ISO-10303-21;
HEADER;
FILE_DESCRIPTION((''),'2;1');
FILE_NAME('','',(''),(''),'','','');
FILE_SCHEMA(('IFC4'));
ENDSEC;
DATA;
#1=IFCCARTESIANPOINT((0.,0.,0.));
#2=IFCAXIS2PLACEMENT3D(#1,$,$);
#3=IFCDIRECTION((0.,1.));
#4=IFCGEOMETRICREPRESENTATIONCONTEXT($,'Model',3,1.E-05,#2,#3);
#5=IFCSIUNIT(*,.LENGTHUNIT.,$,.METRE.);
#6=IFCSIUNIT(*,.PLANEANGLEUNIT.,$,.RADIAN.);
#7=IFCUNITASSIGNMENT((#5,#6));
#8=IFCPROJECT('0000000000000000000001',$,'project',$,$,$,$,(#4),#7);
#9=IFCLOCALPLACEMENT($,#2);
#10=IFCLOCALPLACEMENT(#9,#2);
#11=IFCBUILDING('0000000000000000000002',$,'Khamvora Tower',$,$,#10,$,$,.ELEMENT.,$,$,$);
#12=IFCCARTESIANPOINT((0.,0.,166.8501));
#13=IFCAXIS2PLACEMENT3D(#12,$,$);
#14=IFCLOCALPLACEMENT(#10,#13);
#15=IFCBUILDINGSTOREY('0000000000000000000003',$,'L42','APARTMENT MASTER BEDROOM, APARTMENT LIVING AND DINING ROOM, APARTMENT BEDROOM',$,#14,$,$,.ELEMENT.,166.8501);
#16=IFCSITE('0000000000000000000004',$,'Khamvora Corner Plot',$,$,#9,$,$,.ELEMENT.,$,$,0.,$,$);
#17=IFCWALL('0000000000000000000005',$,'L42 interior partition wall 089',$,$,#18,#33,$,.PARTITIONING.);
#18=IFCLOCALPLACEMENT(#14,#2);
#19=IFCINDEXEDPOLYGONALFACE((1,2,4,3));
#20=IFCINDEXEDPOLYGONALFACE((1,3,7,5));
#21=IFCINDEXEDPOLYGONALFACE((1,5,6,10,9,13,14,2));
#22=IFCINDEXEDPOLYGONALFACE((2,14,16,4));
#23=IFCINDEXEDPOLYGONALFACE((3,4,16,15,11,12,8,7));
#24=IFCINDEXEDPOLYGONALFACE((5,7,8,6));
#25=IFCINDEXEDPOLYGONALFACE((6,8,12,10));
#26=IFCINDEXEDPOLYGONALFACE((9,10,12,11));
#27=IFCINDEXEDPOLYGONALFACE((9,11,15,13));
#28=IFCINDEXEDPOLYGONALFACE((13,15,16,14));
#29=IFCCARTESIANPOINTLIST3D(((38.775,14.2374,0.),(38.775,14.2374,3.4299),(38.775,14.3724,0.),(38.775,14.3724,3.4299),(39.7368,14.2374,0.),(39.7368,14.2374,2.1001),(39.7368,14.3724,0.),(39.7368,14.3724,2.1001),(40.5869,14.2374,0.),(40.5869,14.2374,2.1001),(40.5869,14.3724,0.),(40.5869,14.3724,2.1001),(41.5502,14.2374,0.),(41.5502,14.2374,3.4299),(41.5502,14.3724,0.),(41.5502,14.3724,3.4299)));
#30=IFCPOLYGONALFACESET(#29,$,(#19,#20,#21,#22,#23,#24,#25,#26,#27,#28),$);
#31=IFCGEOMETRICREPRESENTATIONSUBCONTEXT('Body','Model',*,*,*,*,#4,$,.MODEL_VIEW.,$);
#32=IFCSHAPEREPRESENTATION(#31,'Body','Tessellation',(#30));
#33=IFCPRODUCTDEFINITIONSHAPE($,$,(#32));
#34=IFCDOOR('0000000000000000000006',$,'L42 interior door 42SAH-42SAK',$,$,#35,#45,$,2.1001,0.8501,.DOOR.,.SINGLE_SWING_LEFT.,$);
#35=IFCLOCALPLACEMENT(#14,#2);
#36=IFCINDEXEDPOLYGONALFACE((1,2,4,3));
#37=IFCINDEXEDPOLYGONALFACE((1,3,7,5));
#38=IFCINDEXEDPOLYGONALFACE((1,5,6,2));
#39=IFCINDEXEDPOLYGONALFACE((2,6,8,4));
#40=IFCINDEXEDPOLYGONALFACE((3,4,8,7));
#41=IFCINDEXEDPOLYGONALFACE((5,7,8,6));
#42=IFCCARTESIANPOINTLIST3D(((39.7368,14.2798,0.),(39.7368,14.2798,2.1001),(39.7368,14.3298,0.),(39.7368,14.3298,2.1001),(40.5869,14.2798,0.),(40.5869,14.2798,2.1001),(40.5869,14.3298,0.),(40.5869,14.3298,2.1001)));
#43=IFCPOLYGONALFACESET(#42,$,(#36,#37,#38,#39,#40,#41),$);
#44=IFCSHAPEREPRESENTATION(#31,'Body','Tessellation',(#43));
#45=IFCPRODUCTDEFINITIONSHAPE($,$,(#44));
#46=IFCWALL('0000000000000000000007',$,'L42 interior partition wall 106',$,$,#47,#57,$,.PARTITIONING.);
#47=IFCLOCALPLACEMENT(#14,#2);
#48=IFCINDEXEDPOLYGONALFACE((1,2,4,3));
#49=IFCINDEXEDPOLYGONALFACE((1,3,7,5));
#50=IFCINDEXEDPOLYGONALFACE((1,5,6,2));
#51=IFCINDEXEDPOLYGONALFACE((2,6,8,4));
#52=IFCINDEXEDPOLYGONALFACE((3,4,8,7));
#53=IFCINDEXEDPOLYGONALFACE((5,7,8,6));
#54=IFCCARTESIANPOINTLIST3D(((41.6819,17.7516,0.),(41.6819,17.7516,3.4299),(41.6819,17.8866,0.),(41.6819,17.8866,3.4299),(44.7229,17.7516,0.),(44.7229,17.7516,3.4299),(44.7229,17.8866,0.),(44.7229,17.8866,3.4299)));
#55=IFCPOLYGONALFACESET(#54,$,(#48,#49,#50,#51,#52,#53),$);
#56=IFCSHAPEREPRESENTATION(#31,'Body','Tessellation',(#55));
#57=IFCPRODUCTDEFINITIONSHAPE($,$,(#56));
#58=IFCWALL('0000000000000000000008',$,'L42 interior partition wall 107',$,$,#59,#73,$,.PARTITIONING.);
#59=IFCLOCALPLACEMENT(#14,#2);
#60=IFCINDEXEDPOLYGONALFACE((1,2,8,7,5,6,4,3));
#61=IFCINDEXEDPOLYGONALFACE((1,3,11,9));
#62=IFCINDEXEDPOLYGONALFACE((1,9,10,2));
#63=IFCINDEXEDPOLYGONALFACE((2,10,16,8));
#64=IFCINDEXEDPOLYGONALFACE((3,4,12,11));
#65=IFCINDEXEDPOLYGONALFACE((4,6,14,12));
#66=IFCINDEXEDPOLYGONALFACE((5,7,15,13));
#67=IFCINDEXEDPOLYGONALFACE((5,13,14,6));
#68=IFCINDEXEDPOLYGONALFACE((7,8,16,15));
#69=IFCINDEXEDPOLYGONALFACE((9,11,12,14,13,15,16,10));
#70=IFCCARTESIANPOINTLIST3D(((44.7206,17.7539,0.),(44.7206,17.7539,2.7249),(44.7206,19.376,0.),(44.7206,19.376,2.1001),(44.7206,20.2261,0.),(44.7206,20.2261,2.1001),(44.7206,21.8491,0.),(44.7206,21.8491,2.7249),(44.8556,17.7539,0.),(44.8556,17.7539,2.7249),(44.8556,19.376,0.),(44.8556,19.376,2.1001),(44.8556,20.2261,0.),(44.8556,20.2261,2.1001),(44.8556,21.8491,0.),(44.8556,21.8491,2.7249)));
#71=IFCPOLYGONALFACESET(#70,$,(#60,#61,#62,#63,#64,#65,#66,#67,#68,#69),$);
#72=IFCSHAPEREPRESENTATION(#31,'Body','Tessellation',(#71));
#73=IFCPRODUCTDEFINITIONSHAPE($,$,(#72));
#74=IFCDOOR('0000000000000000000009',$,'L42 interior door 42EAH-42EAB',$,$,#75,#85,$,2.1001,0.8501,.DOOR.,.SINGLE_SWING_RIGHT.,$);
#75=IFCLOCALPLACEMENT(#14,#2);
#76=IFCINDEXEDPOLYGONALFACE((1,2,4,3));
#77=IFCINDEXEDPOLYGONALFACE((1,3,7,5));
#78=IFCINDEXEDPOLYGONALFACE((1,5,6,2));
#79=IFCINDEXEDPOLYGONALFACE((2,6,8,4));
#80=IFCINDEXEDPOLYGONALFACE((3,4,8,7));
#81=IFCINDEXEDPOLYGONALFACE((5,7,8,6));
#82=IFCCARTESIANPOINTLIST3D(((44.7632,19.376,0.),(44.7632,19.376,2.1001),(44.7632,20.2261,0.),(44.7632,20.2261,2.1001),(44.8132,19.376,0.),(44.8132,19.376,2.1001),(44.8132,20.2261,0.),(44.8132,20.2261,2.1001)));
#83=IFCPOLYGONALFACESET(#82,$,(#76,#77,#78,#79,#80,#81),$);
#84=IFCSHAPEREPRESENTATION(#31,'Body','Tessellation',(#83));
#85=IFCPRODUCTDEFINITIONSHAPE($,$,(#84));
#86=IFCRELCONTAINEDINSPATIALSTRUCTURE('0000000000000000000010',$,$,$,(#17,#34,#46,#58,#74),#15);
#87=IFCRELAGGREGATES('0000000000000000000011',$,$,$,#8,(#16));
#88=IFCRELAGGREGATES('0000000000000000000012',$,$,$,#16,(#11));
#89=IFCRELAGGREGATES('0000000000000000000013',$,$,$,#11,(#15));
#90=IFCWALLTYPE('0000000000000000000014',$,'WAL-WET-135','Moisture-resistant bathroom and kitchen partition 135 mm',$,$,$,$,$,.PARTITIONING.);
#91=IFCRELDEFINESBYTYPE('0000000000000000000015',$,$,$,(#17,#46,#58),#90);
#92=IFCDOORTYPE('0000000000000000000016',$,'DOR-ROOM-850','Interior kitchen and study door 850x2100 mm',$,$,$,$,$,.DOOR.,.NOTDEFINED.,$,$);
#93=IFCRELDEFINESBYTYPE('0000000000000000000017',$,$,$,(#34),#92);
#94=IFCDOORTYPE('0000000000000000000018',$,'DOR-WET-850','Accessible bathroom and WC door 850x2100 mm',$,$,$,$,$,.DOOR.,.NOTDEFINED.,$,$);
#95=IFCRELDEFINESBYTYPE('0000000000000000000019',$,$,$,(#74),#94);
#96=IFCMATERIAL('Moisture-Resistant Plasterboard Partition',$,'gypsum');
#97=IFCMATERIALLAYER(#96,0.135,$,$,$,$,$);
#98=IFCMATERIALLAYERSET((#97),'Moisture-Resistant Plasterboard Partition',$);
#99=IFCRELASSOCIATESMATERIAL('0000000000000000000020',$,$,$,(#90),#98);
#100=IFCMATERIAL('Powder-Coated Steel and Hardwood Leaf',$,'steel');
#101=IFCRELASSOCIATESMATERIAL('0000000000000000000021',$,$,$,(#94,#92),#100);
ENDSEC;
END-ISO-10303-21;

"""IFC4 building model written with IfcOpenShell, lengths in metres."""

from ifc_helpers import new_model, si_unit, direction, frame, frame_2d, origin, place, context, subcontext, project, spatial, rectangle, extrude, material, layer, layer_set, type_object, element, fill, save


model = new_model("IFC4")

# Units and contexts
model_context = context("Model", 3, precision=1e-05, world=origin(), true_north=direction((0.0, 1.0)))
body_context = subcontext(model_context, "Body", "Model", "MODEL_VIEW")
ifc_project = project(units=[si_unit("LENGTHUNIT", "METRE"), si_unit("PLANEANGLEUNIT", "RADIAN")], contexts=[model_context])

# Site, building, storey
site_placement = place(None, origin())
site = spatial("IfcSite", under=ifc_project, at=site_placement, Name="Khamvora Corner Plot", CompositionType="ELEMENT", RefElevation=0.0)
building_placement = place(site_placement, origin())
building = spatial("IfcBuilding", under=site, at=building_placement, Name="Khamvora Tower", CompositionType="ELEMENT")
storey_placement = place(building_placement, frame((0.0, 0.0, 166.8501)))
storey = spatial("IfcBuildingStorey", under=building, at=storey_placement, Name="L42", Description="APARTMENT MASTER BEDROOM, APARTMENT LIVING AND DINING ROOM, APARTMENT BEDROOM", CompositionType="ELEMENT", Elevation=166.8501)

# Shared definitions
ifc_material_1 = material(Name="Powder-Coated Steel and Hardwood Leaf", Category="steel")

# Shared definitions
ifc_material_2 = material(Name="Moisture-Resistant Plasterboard Partition", Category="gypsum")
ifc_layer_1 = layer(ifc_material_2, 0.135)
ifc_layer_set_1 = layer_set([ifc_layer_1], Name="Moisture-Resistant Plasterboard Partition")
wall_type_1 = type_object("IfcWallType", Name="WAL-WET-135", Description="Moisture-resistant bathroom and kitchen partition 135 mm", PredefinedType="PARTITIONING", material=ifc_layer_set_1)

# Shared definitions
door_type_1 = type_object("IfcDoorType", Name="DOR-WET-850", Description="Accessible bathroom and WC door 850x2100 mm", OperationType="NOTDEFINED", PredefinedType="DOOR", material=ifc_material_1)

# Wall, opening, door
wall_1_placement = place(storey_placement, frame((38.7749, 14.3049, 0.0), z_axis=(0.0, 0.0, 1.0), x_axis=(1.0, 0.0, 0.0)))
wall_1 = element("IfcWall", 1, at=wall_1_placement, inside=storey, type_object=wall_type_1, Name="L42 interior partition wall 089", PredefinedType="PARTITIONING", context=body_context, shape_type="SweptSolid", body=[
    extrude(rectangle(XDim=2.7751, YDim=0.135, at=frame_2d((1.3877, 0.0))), origin(), (0.0, 0.0, 1.0), 3.4299),
])
opening_1_placement = place(wall_1_placement, frame((0.9619, 0.0, 0.0)))
opening_1 = element("IfcOpeningElement", 2, at=opening_1_placement, cuts=wall_1, PredefinedType="OPENING", context=body_context, shape_type="SweptSolid", body=[
    extrude(rectangle(XDim=0.8501, YDim=2.1001, at=frame_2d((0.425, 1.05))), frame((0.0, 0.0774, 0.0), z_axis=(0.0, -1.0, 0.0), x_axis=(1.0, 0.0, 0.0)), (0.0, 0.0, 1.0), 0.155),
])
door_type_2 = type_object("IfcDoorType", Name="DOR-ROOM-850", Description="Interior kitchen and study door 850x2100 mm", OperationType="NOTDEFINED", PredefinedType="DOOR", material=ifc_material_1)
door_1_placement = place(opening_1_placement, origin())
door_1 = element("IfcDoor", 3, at=door_1_placement, inside=storey, type_object=door_type_2, Name="L42 interior door 42SAH-42SAK", OperationType="SINGLE_SWING_LEFT", OverallHeight=2.1001, OverallWidth=0.8501, PredefinedType="DOOR", context=body_context, shape_type="SweptSolid", body=[
    extrude(rectangle(XDim=0.8501, YDim=2.1001, at=frame_2d((0.425, 1.05))), frame((0.0, 0.0249, 0.0), z_axis=(0.0, -1.0, 0.0), x_axis=(1.0, 0.0, 0.0)), (0.0, 0.0, 1.0), 0.05),
])
fill(opening_1, door_1)

# Wall
wall_2_placement = place(storey_placement, frame((41.6819, 17.8191, 0.0), z_axis=(0.0, 0.0, 1.0), x_axis=(1.0, 0.0, 0.0)))
element("IfcWall", 4, at=wall_2_placement, inside=storey, type_object=wall_type_1, Name="L42 interior partition wall 106", PredefinedType="PARTITIONING", context=body_context, shape_type="SweptSolid", body=[
    extrude(rectangle(XDim=3.041, YDim=0.135, at=frame_2d((1.5205, 0.0))), origin(), (0.0, 0.0, 1.0), 3.4299),
])

# Wall, opening, door
wall_3_placement = place(storey_placement, frame((44.7881, 17.7539, 0.0), z_axis=(0.0, 0.0, 1.0), x_axis=(0.0, 1.0, 0.0)))
wall_3 = element("IfcWall", 5, at=wall_3_placement, inside=storey, type_object=wall_type_1, Name="L42 interior partition wall 107", PredefinedType="PARTITIONING", context=body_context, shape_type="SweptSolid", body=[
    extrude(rectangle(XDim=4.0952, YDim=0.135, at=frame_2d((2.0476, 0.0))), origin(), (0.0, 0.0, 1.0), 2.7249),
])
opening_2_placement = place(wall_3_placement, frame((1.6221, 0.0, 0.0)))
opening_2 = element("IfcOpeningElement", 6, at=opening_2_placement, cuts=wall_3, PredefinedType="OPENING", context=body_context, shape_type="SweptSolid", body=[
    extrude(rectangle(XDim=0.8501, YDim=2.1001, at=frame_2d((0.425, 1.05))), frame((0.0, 0.0774, 0.0), z_axis=(0.0, -1.0, 0.0), x_axis=(1.0, 0.0, 0.0)), (0.0, 0.0, 1.0), 0.155),
])
door_2_placement = place(opening_2_placement, origin())
door_2 = element("IfcDoor", 7, at=door_2_placement, inside=storey, type_object=door_type_1, Name="L42 interior door 42EAH-42EAB", OperationType="SINGLE_SWING_RIGHT", OverallHeight=2.1001, OverallWidth=0.8501, PredefinedType="DOOR", context=body_context, shape_type="SweptSolid", body=[
    extrude(rectangle(XDim=0.8501, YDim=2.1001, at=frame_2d((0.425, 1.05))), frame((0.0, 0.0249, 0.0), z_axis=(0.0, -1.0, 0.0), x_axis=(1.0, 0.0, 0.0)), (0.0, 0.0, 1.0), 0.05),
])
fill(opening_2, door_2)

save(model, "model.ifc")
